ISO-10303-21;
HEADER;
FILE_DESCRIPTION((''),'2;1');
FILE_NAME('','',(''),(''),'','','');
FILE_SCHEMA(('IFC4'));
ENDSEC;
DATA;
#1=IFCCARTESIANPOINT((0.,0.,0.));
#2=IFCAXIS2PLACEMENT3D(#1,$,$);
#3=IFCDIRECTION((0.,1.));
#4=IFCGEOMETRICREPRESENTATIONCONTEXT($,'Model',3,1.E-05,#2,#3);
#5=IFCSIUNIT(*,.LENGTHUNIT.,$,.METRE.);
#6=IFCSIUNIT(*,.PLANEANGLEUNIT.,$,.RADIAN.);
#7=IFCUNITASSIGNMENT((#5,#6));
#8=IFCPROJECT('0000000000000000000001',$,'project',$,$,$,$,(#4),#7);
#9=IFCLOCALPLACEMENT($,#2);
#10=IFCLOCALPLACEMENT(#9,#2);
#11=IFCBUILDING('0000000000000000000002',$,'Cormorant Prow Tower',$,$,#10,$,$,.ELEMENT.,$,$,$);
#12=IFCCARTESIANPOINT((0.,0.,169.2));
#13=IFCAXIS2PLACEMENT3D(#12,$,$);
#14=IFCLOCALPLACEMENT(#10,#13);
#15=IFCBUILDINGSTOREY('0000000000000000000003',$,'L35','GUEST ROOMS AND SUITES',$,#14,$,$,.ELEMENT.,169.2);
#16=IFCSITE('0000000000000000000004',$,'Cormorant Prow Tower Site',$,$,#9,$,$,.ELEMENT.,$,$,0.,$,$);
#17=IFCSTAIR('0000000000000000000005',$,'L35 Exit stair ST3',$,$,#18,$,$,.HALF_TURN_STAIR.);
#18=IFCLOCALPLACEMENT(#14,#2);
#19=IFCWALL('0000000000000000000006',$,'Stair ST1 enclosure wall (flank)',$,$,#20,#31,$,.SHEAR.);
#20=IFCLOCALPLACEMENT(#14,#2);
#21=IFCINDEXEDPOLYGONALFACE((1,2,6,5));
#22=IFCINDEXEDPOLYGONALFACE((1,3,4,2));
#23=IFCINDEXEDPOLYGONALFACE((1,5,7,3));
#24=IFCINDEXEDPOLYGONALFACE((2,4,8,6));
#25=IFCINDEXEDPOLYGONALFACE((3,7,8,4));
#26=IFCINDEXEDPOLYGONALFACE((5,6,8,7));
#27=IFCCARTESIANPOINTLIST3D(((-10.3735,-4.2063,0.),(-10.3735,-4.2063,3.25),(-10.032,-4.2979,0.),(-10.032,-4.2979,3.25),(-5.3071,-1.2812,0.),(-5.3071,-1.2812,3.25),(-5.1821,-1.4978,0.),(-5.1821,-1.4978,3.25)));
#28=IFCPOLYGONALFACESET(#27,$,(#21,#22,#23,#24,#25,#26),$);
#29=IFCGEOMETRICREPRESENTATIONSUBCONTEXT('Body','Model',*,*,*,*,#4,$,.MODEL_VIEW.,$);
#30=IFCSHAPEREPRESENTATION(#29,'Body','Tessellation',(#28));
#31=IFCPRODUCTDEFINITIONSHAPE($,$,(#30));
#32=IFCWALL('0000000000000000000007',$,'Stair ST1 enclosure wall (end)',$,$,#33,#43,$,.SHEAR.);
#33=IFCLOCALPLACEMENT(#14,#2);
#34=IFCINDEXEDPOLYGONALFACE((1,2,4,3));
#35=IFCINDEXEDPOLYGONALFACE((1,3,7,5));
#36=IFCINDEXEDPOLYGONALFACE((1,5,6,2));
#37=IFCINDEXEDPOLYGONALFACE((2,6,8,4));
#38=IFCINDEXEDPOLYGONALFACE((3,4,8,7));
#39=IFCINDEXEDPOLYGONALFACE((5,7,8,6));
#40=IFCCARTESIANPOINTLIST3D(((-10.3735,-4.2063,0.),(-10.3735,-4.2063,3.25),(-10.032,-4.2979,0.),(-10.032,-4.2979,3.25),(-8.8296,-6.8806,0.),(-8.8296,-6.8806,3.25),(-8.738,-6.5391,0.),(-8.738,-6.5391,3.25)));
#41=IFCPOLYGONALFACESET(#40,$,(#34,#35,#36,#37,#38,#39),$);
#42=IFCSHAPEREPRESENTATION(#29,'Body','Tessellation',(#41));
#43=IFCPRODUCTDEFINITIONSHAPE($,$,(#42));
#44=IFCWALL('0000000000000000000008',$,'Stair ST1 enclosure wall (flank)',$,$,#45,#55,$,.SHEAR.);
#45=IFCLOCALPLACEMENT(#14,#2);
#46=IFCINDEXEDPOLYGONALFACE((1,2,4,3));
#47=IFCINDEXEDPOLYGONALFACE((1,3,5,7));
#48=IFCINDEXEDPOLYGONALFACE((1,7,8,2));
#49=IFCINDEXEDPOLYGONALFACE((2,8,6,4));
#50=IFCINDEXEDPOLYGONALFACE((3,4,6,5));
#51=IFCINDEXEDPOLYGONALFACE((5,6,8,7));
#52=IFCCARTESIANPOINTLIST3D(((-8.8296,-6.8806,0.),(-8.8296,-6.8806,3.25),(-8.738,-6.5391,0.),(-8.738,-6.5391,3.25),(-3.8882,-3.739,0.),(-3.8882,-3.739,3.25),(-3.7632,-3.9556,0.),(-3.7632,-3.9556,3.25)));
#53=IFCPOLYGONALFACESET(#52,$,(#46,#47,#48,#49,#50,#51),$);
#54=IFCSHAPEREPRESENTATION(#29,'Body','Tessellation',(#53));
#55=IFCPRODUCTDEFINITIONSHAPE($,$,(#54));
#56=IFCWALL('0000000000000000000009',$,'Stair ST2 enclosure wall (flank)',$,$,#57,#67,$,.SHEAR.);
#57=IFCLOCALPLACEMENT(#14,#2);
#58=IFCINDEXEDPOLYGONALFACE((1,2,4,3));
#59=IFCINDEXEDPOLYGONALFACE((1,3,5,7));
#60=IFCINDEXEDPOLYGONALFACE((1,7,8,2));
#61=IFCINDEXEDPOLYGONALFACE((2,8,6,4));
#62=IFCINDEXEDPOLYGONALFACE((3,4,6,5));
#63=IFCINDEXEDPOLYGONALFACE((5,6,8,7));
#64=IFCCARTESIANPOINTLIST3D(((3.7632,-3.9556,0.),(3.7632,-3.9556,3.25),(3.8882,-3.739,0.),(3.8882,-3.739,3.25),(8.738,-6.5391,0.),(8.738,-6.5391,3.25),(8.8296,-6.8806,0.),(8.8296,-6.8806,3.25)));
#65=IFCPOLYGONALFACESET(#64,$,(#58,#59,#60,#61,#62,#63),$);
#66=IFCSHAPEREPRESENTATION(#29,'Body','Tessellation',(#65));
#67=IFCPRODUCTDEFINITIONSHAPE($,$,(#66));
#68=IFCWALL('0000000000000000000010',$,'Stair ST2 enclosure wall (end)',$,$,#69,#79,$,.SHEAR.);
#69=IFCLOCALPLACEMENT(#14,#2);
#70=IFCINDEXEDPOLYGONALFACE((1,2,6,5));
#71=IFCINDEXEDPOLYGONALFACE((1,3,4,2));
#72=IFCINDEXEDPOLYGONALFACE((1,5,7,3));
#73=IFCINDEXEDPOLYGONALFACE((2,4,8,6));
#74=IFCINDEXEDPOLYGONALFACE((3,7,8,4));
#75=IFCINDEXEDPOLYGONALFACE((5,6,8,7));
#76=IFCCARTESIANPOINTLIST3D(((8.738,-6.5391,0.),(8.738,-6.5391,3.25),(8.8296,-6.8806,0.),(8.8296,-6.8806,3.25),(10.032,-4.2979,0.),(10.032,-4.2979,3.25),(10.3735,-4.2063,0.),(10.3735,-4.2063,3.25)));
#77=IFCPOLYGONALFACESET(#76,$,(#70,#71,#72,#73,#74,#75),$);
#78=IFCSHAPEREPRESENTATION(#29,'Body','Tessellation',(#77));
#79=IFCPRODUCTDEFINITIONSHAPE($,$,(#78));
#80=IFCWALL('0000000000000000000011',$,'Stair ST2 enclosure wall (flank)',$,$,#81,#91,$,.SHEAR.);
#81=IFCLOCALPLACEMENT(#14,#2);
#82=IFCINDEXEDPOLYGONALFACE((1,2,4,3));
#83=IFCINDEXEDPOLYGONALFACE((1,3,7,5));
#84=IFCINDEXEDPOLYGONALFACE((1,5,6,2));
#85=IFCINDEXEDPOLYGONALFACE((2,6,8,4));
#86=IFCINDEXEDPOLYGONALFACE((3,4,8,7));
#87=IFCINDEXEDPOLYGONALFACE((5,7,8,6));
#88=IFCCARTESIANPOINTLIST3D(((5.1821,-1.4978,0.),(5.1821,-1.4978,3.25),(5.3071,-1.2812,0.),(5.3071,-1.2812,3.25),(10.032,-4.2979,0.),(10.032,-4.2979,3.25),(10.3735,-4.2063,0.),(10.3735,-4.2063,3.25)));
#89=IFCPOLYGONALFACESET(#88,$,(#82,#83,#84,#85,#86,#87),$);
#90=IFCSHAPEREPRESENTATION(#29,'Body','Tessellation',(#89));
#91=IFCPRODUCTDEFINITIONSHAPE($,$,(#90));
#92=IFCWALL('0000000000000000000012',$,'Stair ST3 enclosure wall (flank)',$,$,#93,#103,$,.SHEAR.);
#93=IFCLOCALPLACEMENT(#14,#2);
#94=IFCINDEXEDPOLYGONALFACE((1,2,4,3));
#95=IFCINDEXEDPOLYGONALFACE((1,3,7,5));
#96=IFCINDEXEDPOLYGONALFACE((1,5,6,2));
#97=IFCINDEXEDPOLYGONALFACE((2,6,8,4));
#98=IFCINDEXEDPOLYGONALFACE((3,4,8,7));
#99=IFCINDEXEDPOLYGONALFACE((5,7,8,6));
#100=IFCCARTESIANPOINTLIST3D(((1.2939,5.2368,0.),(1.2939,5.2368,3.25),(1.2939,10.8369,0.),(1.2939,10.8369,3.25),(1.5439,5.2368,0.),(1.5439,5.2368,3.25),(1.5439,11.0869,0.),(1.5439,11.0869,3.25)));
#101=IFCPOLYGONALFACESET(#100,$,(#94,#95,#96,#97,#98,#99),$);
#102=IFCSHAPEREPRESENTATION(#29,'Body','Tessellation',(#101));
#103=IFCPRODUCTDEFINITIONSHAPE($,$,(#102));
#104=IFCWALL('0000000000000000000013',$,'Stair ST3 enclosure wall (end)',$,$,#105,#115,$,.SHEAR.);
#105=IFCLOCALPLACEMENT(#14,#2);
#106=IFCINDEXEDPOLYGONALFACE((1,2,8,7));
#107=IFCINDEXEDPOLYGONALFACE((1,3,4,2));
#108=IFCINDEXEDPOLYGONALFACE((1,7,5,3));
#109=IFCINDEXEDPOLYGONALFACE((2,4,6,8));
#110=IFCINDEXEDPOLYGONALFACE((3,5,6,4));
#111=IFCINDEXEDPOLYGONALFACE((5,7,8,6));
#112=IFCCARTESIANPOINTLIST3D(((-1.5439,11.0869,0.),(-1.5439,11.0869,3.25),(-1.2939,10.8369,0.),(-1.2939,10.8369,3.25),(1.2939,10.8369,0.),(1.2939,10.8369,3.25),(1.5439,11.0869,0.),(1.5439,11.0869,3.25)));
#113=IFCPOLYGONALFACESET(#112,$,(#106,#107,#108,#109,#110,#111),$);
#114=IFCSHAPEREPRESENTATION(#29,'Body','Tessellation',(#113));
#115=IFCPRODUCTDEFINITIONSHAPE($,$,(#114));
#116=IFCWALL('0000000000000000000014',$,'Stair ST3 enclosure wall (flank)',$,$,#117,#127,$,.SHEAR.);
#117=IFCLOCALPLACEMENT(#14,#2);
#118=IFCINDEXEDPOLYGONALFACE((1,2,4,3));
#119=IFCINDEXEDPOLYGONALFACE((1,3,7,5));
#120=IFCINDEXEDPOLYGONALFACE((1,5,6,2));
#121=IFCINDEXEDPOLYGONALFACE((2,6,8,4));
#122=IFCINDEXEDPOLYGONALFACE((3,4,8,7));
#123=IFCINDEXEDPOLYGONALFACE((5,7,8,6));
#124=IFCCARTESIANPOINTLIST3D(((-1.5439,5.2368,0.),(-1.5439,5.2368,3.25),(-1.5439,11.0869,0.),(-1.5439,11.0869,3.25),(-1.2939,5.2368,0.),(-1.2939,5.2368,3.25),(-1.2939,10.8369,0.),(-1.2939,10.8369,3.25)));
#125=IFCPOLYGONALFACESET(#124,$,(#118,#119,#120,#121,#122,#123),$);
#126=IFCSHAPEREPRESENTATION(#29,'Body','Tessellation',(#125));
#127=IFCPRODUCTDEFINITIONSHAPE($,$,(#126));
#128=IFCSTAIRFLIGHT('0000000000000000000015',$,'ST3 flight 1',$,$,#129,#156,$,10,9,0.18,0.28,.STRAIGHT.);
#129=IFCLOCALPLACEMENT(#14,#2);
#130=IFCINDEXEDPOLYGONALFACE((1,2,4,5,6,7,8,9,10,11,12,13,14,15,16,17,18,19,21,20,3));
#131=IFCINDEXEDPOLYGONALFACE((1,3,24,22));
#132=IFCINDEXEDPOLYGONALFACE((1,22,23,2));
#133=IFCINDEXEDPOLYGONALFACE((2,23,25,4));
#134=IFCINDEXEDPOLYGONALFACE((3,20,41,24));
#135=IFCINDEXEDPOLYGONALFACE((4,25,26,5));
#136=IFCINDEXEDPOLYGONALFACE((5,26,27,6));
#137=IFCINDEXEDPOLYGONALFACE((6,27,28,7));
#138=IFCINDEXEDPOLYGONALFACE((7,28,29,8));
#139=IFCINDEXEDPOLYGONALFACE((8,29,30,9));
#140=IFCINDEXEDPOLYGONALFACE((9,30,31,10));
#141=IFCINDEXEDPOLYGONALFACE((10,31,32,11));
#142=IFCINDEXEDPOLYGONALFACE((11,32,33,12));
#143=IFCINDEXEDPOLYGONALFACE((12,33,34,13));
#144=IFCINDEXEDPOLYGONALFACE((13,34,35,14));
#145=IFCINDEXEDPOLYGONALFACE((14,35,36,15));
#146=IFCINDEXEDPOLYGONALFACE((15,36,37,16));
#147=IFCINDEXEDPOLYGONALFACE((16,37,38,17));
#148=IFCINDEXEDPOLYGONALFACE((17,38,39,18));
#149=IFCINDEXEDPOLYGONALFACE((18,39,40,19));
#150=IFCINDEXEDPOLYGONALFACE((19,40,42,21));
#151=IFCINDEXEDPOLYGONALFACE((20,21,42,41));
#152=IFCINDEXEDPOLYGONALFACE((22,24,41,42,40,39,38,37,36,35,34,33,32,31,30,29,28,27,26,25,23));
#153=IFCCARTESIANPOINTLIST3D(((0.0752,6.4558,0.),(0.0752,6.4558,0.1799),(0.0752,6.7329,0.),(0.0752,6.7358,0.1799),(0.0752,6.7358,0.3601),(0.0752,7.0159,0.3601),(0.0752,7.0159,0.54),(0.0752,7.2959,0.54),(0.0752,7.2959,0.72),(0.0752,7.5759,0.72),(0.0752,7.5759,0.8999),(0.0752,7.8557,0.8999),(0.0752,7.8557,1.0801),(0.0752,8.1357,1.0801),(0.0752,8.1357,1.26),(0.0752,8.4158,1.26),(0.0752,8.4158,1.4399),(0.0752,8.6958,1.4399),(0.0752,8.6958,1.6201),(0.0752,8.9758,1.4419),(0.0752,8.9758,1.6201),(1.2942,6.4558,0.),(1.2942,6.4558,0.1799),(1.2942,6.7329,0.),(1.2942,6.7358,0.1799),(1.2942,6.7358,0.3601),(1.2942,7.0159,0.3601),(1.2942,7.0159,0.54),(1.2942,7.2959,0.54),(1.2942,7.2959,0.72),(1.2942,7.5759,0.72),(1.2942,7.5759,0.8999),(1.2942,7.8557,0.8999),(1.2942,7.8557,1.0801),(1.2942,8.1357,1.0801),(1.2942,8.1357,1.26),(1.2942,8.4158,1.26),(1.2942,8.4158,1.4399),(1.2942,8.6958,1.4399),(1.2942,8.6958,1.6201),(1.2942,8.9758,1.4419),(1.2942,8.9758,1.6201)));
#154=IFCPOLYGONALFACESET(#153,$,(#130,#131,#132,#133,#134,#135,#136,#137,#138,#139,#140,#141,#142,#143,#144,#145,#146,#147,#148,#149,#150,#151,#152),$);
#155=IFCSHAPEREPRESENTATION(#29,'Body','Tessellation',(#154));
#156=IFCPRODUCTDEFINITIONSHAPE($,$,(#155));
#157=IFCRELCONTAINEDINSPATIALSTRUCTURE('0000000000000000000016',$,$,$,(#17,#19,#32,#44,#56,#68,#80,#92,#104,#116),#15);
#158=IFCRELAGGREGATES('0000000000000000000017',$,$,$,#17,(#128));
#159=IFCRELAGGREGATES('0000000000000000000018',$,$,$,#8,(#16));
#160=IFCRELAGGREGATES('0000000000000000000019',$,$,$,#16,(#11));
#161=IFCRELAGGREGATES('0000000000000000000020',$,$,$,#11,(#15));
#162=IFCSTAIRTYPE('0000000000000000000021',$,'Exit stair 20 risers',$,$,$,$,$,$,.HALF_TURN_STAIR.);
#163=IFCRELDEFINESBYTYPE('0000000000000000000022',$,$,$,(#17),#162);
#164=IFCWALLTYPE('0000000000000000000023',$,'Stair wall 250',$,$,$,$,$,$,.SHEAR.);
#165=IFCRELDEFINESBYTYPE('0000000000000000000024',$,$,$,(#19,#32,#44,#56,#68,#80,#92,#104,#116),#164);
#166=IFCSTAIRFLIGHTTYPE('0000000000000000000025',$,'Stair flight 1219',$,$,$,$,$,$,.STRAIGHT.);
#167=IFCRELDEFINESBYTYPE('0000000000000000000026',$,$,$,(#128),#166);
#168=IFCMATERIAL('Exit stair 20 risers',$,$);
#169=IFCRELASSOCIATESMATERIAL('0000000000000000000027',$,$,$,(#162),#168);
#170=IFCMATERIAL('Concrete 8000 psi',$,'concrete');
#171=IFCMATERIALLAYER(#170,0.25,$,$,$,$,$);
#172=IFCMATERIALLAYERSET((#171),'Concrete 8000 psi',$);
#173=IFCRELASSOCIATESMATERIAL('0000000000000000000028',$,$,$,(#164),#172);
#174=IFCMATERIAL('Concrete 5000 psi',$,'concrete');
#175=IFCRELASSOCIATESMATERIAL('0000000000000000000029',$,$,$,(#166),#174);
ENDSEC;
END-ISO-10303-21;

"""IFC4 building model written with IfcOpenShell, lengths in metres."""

from ifc_helpers import new_model, si_unit, direction, frame, origin, place, context, subcontext, project, spatial, polyline, outline, extrude, material, layer, layer_set, type_object, element, aggregate, save


model = new_model("IFC4")

# Units and contexts
model_context = context("Model", 3, precision=1e-05, world=origin(), true_north=direction((0.0, 1.0)))
body_context = subcontext(model_context, "Body", "Model", "MODEL_VIEW")
ifc_project = project(units=[si_unit("LENGTHUNIT", "METRE"), si_unit("PLANEANGLEUNIT", "RADIAN")], contexts=[model_context])

# Site, building, storey
site_placement = place(None, origin())
site = spatial("IfcSite", under=ifc_project, at=site_placement, Name="Cormorant Prow Tower Site", CompositionType="ELEMENT", RefElevation=0.0)
building_placement = place(site_placement, origin())
building = spatial("IfcBuilding", under=site, at=building_placement, Name="Cormorant Prow Tower", CompositionType="ELEMENT")
storey_placement = place(building_placement, frame((0.0, 0.0, 169.2)))
storey = spatial("IfcBuildingStorey", under=building, at=storey_placement, Name="L35", Description="GUEST ROOMS AND SUITES", CompositionType="ELEMENT", Elevation=169.2)

# Stair
ifc_material_1 = material(Name="Exit stair 20 risers")
stair_type = type_object("IfcStairType", Name="Exit stair 20 risers", PredefinedType="HALF_TURN_STAIR", material=ifc_material_1)
stair_1_placement = place(storey_placement, origin())
stair_1 = element("IfcStair", 1, at=stair_1_placement, inside=storey, type_object=stair_type, Name="L35 Exit stair ST3", PredefinedType="HALF_TURN_STAIR")

# Walls
ifc_material_2 = material(Name="Concrete 8000 psi", Category="concrete")
ifc_layer_1 = layer(ifc_material_2, 0.25)
ifc_layer_set_1 = layer_set([ifc_layer_1], Name="Concrete 8000 psi")
wall_type_1 = type_object("IfcWallType", Name="Stair wall 250", PredefinedType="SHEAR", material=ifc_layer_set_1)
wall_1_placement = place(storey_placement, origin())
element("IfcWall", 2, at=wall_1_placement, inside=storey, type_object=wall_type_1, Name="Stair ST1 enclosure wall (flank)", PredefinedType="SHEAR", context=body_context, shape_type="SweptSolid", body=[
    extrude(outline(polyline([(-5.3071, -1.2812), (-10.3735, -4.2063), (-10.032, -4.2979), (-5.1821, -1.4978), (-5.3071, -1.2812)])), origin(), (0.0, 0.0, 1.0), 3.25),
])
wall_2_placement = place(storey_placement, origin())
element("IfcWall", 3, at=wall_2_placement, inside=storey, type_object=wall_type_1, Name="Stair ST1 enclosure wall (end)", PredefinedType="SHEAR", context=body_context, shape_type="SweptSolid", body=[
    extrude(outline(polyline([(-10.3735, -4.2063), (-8.8296, -6.8806), (-8.738, -6.5391), (-10.032, -4.2979), (-10.3735, -4.2063)])), origin(), (0.0, 0.0, 1.0), 3.25),
])
wall_3_placement = place(storey_placement, origin())
element("IfcWall", 4, at=wall_3_placement, inside=storey, type_object=wall_type_1, Name="Stair ST1 enclosure wall (flank)", PredefinedType="SHEAR", context=body_context, shape_type="SweptSolid", body=[
    extrude(outline(polyline([(-8.738, -6.5391), (-8.8296, -6.8806), (-3.7632, -3.9556), (-3.8882, -3.739), (-8.738, -6.5391)])), origin(), (0.0, 0.0, 1.0), 3.25),
])
wall_4_placement = place(storey_placement, origin())
element("IfcWall", 5, at=wall_4_placement, inside=storey, type_object=wall_type_1, Name="Stair ST2 enclosure wall (flank)", PredefinedType="SHEAR", context=body_context, shape_type="SweptSolid", body=[
    extrude(outline(polyline([(3.7632, -3.9556), (8.8296, -6.8806), (8.738, -6.5391), (3.8882, -3.739), (3.7632, -3.9556)])), origin(), (0.0, 0.0, 1.0), 3.25),
])
wall_5_placement = place(storey_placement, origin())
element("IfcWall", 6, at=wall_5_placement, inside=storey, type_object=wall_type_1, Name="Stair ST2 enclosure wall (end)", PredefinedType="SHEAR", context=body_context, shape_type="SweptSolid", body=[
    extrude(outline(polyline([(8.8296, -6.8806), (10.3735, -4.2063), (10.032, -4.2979), (8.738, -6.5391), (8.8296, -6.8806)])), origin(), (0.0, 0.0, 1.0), 3.25),
])
wall_6_placement = place(storey_placement, origin())
element("IfcWall", 7, at=wall_6_placement, inside=storey, type_object=wall_type_1, Name="Stair ST2 enclosure wall (flank)", PredefinedType="SHEAR", context=body_context, shape_type="SweptSolid", body=[
    extrude(outline(polyline([(10.032, -4.2979), (10.3735, -4.2063), (5.3071, -1.2812), (5.1821, -1.4978), (10.032, -4.2979)])), origin(), (0.0, 0.0, 1.0), 3.25),
])
wall_7_placement = place(storey_placement, origin())
element("IfcWall", 8, at=wall_7_placement, inside=storey, type_object=wall_type_1, Name="Stair ST3 enclosure wall (flank)", PredefinedType="SHEAR", context=body_context, shape_type="SweptSolid", body=[
    extrude(outline(polyline([(1.5439, 5.2368), (1.5439, 11.0869), (1.2939, 10.8369), (1.2939, 5.2368), (1.5439, 5.2368)])), origin(), (0.0, 0.0, 1.0), 3.25),
])
wall_8_placement = place(storey_placement, origin())
element("IfcWall", 9, at=wall_8_placement, inside=storey, type_object=wall_type_1, Name="Stair ST3 enclosure wall (end)", PredefinedType="SHEAR", context=body_context, shape_type="SweptSolid", body=[
    extrude(outline(polyline([(1.5439, 11.0869), (-1.5439, 11.0869), (-1.2939, 10.8369), (1.2939, 10.8369), (1.5439, 11.0869)])), origin(), (0.0, 0.0, 1.0), 3.25),
])
wall_9_placement = place(storey_placement, origin())
element("IfcWall", 10, at=wall_9_placement, inside=storey, type_object=wall_type_1, Name="Stair ST3 enclosure wall (flank)", PredefinedType="SHEAR", context=body_context, shape_type="SweptSolid", body=[
    extrude(outline(polyline([(-1.2939, 10.8369), (-1.5439, 11.0869), (-1.5439, 5.2368), (-1.2939, 5.2368), (-1.2939, 10.8369)])), origin(), (0.0, 0.0, 1.0), 3.25),
])

# Stair flight
ifc_material_3 = material(Name="Concrete 5000 psi", Category="concrete")
stair_flight_type = type_object("IfcStairFlightType", Name="Stair flight 1219", PredefinedType="STRAIGHT", material=ifc_material_3)
stair_flight_placement = place(storey_placement, frame((0.6846, 6.4558, 0.0), z_axis=(0.0, 0.0, 1.0), x_axis=(0.0, 1.0, 0.0)))
stair_flight = element("IfcStairFlight", 11, at=stair_flight_placement, type_object=stair_flight_type, Name="ST3 flight 1", NumberOfRisers=10, NumberOfTreads=9, PredefinedType="STRAIGHT", RiserHeight=0.18, TreadLength=0.28, context=body_context, shape_type="SweptSolid", body=[
    extrude(outline(polyline([(0.0, 0.0), (0.0, 0.1799), (0.28, 0.1799), (0.28, 0.3601), (0.5601, 0.3601), (0.5601, 0.54), (0.8401, 0.54), (0.8401, 0.72), (1.1201, 0.72), (1.1201, 0.8999), (1.3999, 0.8999), (1.3999, 1.0801), (1.6799, 1.0801), (1.6799, 1.26), (1.96, 1.26), (1.96, 1.4399), (2.24, 1.4399), (2.24, 1.6201), (2.52, 1.6201), (2.52, 1.8), (2.52, 1.4419), (0.2771, 0.0), (0.0, 0.0)])), frame((0.0, 0.6094, 0.0), z_axis=(0.0, -1.0, 0.0), x_axis=(1.0, 0.0, 0.0)), (0.0, 0.0, 1.0), 1.219),
])
aggregate(stair_1, [stair_flight])

save(model, "model.ifc")
